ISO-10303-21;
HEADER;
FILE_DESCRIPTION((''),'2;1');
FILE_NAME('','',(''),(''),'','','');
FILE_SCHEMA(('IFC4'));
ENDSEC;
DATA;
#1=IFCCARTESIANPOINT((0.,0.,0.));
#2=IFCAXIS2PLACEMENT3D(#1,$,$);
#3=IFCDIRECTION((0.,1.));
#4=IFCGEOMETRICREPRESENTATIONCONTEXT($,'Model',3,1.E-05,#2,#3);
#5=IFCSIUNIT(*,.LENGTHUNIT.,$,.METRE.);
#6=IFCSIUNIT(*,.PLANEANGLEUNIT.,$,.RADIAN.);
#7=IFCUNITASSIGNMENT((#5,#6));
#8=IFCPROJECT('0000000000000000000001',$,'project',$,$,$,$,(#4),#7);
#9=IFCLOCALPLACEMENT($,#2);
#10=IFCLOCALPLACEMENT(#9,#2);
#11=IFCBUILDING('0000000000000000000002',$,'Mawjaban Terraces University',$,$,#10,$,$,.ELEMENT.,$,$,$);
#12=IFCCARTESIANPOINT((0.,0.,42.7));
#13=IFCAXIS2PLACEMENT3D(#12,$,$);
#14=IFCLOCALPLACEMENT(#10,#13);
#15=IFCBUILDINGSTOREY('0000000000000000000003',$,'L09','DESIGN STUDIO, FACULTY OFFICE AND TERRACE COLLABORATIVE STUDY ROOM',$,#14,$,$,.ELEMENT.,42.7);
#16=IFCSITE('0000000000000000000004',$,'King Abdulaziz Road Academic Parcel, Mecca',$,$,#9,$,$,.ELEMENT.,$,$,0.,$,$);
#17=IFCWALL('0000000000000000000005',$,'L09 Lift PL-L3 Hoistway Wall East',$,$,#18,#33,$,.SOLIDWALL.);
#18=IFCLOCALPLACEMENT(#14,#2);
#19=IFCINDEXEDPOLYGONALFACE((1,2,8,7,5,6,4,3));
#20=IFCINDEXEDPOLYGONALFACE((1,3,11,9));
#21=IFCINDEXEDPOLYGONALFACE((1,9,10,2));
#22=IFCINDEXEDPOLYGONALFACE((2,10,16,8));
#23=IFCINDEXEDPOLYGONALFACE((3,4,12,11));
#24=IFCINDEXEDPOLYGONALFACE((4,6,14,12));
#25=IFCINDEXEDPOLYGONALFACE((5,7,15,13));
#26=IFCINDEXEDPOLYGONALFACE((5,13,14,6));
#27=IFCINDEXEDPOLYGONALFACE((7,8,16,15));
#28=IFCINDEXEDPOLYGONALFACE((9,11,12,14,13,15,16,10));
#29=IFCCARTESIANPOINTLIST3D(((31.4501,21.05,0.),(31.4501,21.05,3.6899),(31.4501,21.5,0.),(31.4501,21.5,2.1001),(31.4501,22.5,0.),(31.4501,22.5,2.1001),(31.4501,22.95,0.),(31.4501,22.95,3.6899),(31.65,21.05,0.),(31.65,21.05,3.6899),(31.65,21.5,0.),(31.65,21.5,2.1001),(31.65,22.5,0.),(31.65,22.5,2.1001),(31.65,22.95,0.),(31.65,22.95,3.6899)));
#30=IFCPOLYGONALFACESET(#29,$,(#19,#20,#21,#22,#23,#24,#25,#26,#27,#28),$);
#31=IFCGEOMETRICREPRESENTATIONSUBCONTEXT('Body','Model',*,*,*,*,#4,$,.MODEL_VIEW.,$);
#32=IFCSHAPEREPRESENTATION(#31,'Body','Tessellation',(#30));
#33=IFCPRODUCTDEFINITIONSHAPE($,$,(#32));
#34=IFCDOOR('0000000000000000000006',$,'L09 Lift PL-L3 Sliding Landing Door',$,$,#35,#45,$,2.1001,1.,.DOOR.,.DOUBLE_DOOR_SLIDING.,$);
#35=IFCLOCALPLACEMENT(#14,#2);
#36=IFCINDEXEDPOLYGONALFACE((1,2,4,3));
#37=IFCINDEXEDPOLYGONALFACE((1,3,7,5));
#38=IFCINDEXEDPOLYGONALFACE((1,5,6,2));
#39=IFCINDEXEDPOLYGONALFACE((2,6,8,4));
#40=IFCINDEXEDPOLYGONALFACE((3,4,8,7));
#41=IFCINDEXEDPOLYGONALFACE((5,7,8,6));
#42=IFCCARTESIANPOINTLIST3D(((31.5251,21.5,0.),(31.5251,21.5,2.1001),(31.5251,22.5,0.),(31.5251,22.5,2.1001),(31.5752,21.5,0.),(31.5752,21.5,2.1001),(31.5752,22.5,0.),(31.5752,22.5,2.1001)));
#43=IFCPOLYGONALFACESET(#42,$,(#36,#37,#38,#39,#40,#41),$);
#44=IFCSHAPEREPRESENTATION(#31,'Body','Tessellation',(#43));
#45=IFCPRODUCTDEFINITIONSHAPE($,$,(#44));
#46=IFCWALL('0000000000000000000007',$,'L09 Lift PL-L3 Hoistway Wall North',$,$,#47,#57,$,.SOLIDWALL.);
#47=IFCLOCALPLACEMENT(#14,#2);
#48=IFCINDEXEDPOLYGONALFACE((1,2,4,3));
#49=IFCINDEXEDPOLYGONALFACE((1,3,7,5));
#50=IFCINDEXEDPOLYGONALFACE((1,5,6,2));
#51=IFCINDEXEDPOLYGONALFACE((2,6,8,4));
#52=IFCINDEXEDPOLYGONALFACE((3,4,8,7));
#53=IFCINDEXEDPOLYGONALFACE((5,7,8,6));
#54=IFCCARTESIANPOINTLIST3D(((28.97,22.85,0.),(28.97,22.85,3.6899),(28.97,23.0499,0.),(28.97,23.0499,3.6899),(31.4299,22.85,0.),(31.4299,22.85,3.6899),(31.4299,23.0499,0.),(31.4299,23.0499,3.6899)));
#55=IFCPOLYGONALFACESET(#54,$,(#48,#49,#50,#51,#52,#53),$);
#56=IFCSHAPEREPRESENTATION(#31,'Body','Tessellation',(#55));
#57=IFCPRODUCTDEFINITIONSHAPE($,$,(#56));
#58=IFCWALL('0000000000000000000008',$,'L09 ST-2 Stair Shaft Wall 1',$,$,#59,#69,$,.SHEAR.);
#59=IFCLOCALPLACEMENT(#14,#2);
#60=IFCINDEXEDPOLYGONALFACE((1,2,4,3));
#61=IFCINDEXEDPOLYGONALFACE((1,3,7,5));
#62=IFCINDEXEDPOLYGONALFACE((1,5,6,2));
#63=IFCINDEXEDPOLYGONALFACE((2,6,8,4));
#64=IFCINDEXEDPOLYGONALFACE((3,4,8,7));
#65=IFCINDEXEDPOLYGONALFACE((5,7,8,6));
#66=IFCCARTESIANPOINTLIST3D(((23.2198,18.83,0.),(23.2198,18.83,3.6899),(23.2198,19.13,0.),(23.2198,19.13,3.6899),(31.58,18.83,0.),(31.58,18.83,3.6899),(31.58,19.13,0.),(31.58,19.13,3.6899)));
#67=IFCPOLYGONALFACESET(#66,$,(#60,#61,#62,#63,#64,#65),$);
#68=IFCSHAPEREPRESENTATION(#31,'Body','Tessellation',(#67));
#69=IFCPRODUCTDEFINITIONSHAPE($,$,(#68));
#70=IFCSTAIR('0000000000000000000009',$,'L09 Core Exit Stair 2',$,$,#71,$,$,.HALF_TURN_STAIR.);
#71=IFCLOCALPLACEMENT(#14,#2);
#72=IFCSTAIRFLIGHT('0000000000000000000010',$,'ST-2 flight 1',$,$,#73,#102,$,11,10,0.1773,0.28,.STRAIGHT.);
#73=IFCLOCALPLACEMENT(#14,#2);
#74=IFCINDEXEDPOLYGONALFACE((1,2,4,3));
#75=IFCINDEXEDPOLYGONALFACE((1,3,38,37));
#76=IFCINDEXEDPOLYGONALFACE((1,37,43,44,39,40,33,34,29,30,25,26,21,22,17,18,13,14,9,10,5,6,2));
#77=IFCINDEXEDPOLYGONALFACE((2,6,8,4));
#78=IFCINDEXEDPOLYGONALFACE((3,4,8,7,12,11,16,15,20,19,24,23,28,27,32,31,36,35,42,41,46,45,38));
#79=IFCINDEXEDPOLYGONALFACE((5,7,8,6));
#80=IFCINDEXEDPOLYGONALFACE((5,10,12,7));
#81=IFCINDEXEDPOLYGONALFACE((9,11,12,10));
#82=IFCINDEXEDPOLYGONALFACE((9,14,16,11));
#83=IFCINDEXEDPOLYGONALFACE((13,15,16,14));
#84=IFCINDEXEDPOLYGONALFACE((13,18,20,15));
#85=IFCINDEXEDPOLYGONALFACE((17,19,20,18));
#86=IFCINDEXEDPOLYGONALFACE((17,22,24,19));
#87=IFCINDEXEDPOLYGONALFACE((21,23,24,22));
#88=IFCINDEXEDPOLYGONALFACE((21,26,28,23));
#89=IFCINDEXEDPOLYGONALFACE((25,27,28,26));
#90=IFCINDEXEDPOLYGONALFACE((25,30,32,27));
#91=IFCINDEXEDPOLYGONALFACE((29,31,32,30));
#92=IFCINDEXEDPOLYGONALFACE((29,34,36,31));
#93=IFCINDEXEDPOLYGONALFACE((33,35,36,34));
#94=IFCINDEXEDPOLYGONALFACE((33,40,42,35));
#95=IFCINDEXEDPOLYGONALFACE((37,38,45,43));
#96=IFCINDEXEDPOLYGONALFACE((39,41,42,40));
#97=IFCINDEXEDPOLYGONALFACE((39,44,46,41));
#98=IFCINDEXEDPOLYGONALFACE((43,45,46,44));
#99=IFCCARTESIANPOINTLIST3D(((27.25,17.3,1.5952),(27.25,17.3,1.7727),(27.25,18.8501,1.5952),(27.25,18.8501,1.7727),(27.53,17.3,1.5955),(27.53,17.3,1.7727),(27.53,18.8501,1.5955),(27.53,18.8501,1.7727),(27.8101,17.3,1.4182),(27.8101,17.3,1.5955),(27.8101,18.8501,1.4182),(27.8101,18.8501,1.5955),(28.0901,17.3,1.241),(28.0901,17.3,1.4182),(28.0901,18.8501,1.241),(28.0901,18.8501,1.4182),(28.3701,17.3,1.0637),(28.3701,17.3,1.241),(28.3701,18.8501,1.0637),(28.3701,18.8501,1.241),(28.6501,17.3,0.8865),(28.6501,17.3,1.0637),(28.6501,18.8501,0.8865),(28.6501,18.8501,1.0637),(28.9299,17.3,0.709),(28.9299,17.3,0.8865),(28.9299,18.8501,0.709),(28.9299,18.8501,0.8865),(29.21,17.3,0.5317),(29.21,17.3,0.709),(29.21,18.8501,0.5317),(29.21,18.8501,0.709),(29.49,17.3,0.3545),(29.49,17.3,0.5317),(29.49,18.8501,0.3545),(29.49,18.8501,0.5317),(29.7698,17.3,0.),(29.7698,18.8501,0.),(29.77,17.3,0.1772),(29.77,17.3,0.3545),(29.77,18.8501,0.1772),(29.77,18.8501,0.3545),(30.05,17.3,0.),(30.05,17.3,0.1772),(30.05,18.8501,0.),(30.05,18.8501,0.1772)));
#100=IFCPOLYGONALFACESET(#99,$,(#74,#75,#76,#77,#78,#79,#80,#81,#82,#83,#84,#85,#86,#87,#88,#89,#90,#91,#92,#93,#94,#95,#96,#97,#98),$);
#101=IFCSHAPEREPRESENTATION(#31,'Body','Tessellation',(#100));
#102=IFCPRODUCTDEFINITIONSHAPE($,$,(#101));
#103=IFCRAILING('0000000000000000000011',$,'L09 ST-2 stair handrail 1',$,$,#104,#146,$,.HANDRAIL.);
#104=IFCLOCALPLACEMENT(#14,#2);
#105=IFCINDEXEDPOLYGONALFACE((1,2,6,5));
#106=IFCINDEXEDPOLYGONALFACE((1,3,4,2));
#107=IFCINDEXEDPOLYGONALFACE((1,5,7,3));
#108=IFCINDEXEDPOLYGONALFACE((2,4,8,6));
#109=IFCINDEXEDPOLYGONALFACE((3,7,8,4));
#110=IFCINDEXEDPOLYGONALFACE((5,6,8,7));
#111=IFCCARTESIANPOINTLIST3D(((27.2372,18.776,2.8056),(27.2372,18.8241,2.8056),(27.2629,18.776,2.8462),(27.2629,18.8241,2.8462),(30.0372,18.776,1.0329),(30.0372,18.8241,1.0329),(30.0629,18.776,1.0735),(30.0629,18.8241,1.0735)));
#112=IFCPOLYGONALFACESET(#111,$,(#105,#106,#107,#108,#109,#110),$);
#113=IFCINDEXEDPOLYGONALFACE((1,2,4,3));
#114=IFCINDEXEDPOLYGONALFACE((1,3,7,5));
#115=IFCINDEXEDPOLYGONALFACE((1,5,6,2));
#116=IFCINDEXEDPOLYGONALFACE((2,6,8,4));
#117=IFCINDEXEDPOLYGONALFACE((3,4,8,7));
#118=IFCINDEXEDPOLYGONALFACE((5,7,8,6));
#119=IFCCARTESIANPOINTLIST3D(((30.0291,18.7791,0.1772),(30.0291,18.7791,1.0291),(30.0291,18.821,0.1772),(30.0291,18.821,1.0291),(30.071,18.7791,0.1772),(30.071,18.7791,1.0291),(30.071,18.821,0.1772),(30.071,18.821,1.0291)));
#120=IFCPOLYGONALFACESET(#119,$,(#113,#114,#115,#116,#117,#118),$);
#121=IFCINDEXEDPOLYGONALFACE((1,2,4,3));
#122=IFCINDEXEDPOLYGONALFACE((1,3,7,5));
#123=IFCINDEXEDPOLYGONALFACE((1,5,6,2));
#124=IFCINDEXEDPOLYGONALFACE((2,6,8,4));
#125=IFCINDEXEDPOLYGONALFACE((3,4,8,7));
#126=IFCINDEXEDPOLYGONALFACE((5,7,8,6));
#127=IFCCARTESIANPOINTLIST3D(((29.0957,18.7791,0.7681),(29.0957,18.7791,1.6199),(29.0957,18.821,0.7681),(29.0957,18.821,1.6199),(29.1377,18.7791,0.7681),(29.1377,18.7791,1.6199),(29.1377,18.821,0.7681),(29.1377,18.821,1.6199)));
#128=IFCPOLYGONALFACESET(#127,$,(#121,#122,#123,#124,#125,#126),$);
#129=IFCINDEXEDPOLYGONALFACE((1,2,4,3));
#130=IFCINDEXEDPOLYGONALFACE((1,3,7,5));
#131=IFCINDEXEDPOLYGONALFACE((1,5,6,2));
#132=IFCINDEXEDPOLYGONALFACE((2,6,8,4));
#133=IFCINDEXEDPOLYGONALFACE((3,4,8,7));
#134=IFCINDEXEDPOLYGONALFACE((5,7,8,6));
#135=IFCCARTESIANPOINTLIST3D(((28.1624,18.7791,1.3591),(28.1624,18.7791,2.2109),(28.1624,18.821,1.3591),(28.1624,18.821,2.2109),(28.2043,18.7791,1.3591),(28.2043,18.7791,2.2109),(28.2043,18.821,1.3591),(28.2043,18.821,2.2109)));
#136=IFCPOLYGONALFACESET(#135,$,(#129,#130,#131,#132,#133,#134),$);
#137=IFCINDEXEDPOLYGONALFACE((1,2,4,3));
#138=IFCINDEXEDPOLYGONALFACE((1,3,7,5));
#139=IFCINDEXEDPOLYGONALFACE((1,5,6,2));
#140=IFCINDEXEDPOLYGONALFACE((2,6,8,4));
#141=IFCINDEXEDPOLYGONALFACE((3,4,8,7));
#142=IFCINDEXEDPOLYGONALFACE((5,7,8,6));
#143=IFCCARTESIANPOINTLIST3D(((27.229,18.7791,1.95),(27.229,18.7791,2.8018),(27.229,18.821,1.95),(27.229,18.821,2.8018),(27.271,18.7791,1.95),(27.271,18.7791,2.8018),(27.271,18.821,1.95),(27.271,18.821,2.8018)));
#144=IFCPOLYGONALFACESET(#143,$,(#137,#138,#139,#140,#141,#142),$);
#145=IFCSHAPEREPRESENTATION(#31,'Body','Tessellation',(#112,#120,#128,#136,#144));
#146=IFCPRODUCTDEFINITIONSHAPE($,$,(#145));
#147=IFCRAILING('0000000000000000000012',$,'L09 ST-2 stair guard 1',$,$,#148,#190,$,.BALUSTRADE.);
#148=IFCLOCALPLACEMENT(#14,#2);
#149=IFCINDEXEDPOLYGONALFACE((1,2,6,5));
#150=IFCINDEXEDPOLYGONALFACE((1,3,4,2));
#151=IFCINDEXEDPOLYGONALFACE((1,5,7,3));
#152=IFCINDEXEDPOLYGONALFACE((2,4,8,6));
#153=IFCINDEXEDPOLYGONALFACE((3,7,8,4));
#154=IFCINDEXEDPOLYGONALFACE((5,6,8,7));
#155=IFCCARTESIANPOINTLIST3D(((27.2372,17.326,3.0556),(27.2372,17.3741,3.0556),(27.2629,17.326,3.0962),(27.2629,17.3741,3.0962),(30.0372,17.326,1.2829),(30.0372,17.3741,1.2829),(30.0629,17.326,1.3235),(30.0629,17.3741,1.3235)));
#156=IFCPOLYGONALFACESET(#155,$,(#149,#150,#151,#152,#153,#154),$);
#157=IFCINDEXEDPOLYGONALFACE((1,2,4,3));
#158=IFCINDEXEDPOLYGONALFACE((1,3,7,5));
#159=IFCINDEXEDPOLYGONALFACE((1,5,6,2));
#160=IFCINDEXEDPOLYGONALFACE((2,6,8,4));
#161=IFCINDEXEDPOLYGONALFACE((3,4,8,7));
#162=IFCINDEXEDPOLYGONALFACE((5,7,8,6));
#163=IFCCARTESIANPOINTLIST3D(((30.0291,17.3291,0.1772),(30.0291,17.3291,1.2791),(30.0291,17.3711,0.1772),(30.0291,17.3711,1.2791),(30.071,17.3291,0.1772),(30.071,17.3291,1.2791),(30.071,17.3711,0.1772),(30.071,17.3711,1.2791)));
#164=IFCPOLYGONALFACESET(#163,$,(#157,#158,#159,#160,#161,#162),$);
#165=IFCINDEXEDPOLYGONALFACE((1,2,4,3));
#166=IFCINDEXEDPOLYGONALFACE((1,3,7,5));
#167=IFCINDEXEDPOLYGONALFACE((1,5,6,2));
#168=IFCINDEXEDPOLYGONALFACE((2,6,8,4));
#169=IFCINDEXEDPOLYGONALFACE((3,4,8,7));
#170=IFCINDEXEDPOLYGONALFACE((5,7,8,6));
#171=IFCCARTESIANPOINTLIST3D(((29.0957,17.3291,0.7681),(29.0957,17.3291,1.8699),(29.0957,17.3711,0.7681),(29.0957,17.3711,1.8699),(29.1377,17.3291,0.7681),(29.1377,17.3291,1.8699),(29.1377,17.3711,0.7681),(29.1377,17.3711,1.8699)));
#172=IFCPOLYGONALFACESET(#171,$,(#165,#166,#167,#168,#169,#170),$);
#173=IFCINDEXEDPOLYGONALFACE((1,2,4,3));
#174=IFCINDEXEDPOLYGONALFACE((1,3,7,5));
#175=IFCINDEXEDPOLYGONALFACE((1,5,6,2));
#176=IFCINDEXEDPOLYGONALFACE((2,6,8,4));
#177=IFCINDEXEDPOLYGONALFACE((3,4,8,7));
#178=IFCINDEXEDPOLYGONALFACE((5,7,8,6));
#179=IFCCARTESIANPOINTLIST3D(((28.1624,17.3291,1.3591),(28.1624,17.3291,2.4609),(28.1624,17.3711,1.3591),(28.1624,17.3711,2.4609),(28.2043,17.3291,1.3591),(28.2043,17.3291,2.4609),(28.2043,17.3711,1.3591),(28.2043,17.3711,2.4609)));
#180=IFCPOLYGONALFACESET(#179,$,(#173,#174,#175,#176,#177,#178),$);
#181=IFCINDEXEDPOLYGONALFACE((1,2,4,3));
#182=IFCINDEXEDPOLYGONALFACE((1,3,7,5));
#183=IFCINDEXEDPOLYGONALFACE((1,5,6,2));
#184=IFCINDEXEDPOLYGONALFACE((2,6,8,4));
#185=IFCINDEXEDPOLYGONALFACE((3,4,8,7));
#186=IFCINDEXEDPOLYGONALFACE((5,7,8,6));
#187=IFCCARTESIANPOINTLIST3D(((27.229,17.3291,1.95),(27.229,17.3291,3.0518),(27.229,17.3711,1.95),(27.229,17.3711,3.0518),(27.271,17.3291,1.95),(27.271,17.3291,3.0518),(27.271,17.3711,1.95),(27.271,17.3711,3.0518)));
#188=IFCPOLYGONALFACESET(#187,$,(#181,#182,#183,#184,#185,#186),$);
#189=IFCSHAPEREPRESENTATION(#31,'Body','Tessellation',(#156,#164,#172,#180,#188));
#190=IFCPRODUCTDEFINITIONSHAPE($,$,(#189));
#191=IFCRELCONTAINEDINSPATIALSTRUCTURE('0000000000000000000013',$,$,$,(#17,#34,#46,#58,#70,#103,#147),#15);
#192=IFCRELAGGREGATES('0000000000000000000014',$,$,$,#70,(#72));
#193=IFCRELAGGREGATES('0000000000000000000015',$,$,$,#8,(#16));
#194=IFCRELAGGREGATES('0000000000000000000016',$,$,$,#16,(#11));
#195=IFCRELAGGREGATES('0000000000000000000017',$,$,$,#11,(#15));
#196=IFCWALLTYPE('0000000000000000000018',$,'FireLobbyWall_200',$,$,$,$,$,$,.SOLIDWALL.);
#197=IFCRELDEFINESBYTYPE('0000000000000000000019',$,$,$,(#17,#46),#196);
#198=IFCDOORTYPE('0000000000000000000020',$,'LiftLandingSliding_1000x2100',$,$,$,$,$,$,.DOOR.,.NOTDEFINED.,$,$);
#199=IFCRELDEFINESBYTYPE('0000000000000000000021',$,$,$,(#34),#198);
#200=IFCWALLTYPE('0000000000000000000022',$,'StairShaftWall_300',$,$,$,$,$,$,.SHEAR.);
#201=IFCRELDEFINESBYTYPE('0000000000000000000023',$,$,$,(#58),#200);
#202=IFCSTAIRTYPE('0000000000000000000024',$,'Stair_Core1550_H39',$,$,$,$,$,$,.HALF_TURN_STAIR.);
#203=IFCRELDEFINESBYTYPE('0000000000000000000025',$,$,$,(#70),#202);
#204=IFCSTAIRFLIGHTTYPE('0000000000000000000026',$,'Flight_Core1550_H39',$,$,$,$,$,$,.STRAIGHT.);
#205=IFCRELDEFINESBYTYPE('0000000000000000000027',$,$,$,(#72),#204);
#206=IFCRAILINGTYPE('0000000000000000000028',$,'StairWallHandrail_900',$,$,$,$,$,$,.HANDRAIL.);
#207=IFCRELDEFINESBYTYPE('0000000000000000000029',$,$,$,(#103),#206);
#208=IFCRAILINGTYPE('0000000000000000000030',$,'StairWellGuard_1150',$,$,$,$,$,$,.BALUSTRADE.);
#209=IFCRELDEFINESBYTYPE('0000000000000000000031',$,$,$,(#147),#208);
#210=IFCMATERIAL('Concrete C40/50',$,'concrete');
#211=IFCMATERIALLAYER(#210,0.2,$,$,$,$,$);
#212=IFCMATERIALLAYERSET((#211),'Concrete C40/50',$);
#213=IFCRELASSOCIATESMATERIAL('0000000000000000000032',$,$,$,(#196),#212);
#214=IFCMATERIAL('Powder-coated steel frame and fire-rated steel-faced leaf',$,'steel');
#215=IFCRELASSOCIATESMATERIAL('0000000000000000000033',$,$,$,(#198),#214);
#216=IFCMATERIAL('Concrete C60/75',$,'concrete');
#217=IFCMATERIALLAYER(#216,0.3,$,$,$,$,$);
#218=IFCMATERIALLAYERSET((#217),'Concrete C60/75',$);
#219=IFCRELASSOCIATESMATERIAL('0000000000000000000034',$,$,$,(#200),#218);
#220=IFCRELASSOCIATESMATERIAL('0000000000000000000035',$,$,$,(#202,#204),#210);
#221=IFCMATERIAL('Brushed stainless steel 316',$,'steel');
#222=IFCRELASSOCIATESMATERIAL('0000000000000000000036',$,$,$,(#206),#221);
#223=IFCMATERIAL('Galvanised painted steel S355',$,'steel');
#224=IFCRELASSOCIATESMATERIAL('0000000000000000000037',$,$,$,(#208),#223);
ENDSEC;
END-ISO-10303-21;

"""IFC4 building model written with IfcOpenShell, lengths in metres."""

from ifc_helpers import new_model, si_unit, direction, frame, frame_2d, origin, origin_2d, place, context, subcontext, project, spatial, polyline, rectangle, outline, extrude, material, layer, layer_set, type_object, element, fill, aggregate, save


model = new_model("IFC4")

# Units and contexts
model_context = context("Model", 3, precision=1e-05, world=origin(), true_north=direction((0.0, 1.0)))
body_context = subcontext(model_context, "Body", "Model", "MODEL_VIEW")
ifc_project = project(units=[si_unit("LENGTHUNIT", "METRE"), si_unit("PLANEANGLEUNIT", "RADIAN")], contexts=[model_context])

# Site, building, storey
site_placement = place(None, origin())
site = spatial("IfcSite", under=ifc_project, at=site_placement, Name="King Abdulaziz Road Academic Parcel, Mecca", CompositionType="ELEMENT", RefElevation=0.0)
building_placement = place(site_placement, origin())
building = spatial("IfcBuilding", under=site, at=building_placement, Name="Mawjaban Terraces University", CompositionType="ELEMENT")
storey_placement = place(building_placement, frame((0.0, 0.0, 42.7)))
storey = spatial("IfcBuildingStorey", under=building, at=storey_placement, Name="L09", Description="DESIGN STUDIO, FACULTY OFFICE AND TERRACE COLLABORATIVE STUDY ROOM", CompositionType="ELEMENT", Elevation=42.7)

# Shared definitions
ifc_material_1 = material(Name="Concrete C40/50", Category="concrete")
ifc_layer_1 = layer(ifc_material_1, 0.2)
ifc_layer_set_1 = layer_set([ifc_layer_1], Name="Concrete C40/50")
wall_type_1 = type_object("IfcWallType", Name="FireLobbyWall_200", PredefinedType="SOLIDWALL", material=ifc_layer_set_1)

# Wall, opening, door
ifc_material_2 = material(Name="Powder-coated steel frame and fire-rated steel-faced leaf", Category="steel")
door_type_1 = type_object("IfcDoorType", Name="LiftLandingSliding_1000x2100", OperationType="NOTDEFINED", PredefinedType="DOOR", material=ifc_material_2)
wall_1_placement = place(storey_placement, frame((31.55, 21.05, 0.0), z_axis=(0.0, 0.0, 1.0), x_axis=(0.0, 1.0, 0.0)))
wall_1 = element("IfcWall", 1, at=wall_1_placement, inside=storey, type_object=wall_type_1, Name="L09 Lift PL-L3 Hoistway Wall East", PredefinedType="SOLIDWALL", context=body_context, shape_type="SweptSolid", body=[
    extrude(rectangle(XDim=1.8999, YDim=0.2, at=frame_2d((0.95, 0.0))), origin(), (0.0, 0.0, 1.0), 3.6899),
])
opening_1_placement = place(wall_1_placement, frame((0.45, 0.0, 0.0)))
opening_1 = element("IfcOpeningElement", 2, at=opening_1_placement, cuts=wall_1, PredefinedType="OPENING", context=body_context, shape_type="SweptSolid", body=[
    extrude(rectangle(XDim=1.0, YDim=2.1001, at=frame_2d((0.5, 1.05))), frame((0.0, 0.1099, 0.0), z_axis=(0.0, -1.0, 0.0), x_axis=(1.0, 0.0, 0.0)), (0.0, 0.0, 1.0), 0.22),
])
door_1_placement = place(opening_1_placement, origin())
door_1 = element("IfcDoor", 3, at=door_1_placement, inside=storey, type_object=door_type_1, Name="L09 Lift PL-L3 Sliding Landing Door", OperationType="DOUBLE_DOOR_SLIDING", OverallHeight=2.1001, OverallWidth=1.0, PredefinedType="DOOR", context=body_context, shape_type="SweptSolid", body=[
    extrude(rectangle(XDim=1.0, YDim=2.1001, at=frame_2d((0.5, 1.05))), frame((0.0, 0.0249, 0.0), z_axis=(0.0, -1.0, 0.0), x_axis=(1.0, 0.0, 0.0)), (0.0, 0.0, 1.0), 0.05),
])
fill(opening_1, door_1)

# Walls
wall_2_placement = place(storey_placement, frame((31.4299, 22.95, 0.0), z_axis=(0.0, 0.0, 1.0), x_axis=(-1.0, 0.0, 0.0)))
element("IfcWall", 4, at=wall_2_placement, inside=storey, type_object=wall_type_1, Name="L09 Lift PL-L3 Hoistway Wall North", PredefinedType="SOLIDWALL", context=body_context, shape_type="SweptSolid", body=[
    extrude(rectangle(XDim=2.46, YDim=0.2, at=frame_2d((1.23, 0.0))), origin(), (0.0, 0.0, 1.0), 3.6899),
])
ifc_material_3 = material(Name="Concrete C60/75", Category="concrete")
ifc_layer_2 = layer(ifc_material_3, 0.3)
ifc_layer_set_2 = layer_set([ifc_layer_2], Name="Concrete C60/75")
wall_type_2 = type_object("IfcWallType", Name="StairShaftWall_300", PredefinedType="SHEAR", material=ifc_layer_set_2)
wall_3_placement = place(storey_placement, frame((31.5801, 18.98, 0.0), z_axis=(0.0, 0.0, 1.0), x_axis=(-1.0, 0.0, 0.0)))
element("IfcWall", 5, at=wall_3_placement, inside=storey, type_object=wall_type_2, Name="L09 ST-2 Stair Shaft Wall 1", PredefinedType="SHEAR", context=body_context, shape_type="SweptSolid", body=[
    extrude(rectangle(XDim=8.3601, YDim=0.3, at=frame_2d((4.1802, 0.0))), origin(), (0.0, 0.0, 1.0), 3.6899),
])

# Stair, stair flight
stair_type = type_object("IfcStairType", Name="Stair_Core1550_H39", PredefinedType="HALF_TURN_STAIR", material=ifc_material_1)
stair_placement = place(storey_placement, origin())
stair = element("IfcStair", 6, at=stair_placement, inside=storey, type_object=stair_type, Name="L09 Core Exit Stair 2", PredefinedType="HALF_TURN_STAIR")
stair_flight_type = type_object("IfcStairFlightType", Name="Flight_Core1550_H39", PredefinedType="STRAIGHT", material=ifc_material_1)
stair_flight_placement = place(storey_placement, frame((30.05, 18.075, 0.0), z_axis=(0.0, 0.0, 1.0), x_axis=(-1.0, 0.0, 0.0)))
stair_flight = element("IfcStairFlight", 7, at=stair_flight_placement, type_object=stair_flight_type, Name="ST-2 flight 1", NumberOfRisers=11, NumberOfTreads=10, PredefinedType="STRAIGHT", RiserHeight=0.1773, TreadLength=0.28, context=body_context, shape_type="SweptSolid", body=[
    extrude(outline(polyline([(0.0, 0.0), (0.0, 0.1772), (0.28, 0.1772), (0.28, 0.3545), (0.5601, 0.3545), (0.5601, 0.5317), (0.8401, 0.5317), (0.8401, 0.709), (1.1201, 0.709), (1.1201, 0.8865), (1.3999, 0.8865), (1.3999, 1.0637), (1.6799, 1.0637), (1.6799, 1.241), (1.96, 1.241), (1.96, 1.4182), (2.24, 1.4182), (2.24, 1.5955), (2.52, 1.5955), (2.52, 1.7727), (2.8, 1.7727), (2.8, 1.95), (2.8, 1.5952), (0.2803, 0.0), (0.0, 0.0)])), frame((0.0, 0.7749, 0.0), z_axis=(0.0, -1.0, 0.0), x_axis=(1.0, 0.0, 0.0)), (0.0, 0.0, 1.0), 1.55),
])
aggregate(stair, [stair_flight])

# Railings
ifc_material_4 = material(Name="Brushed stainless steel 316", Category="steel")
railing_type_1 = type_object("IfcRailingType", Name="StairWallHandrail_900", PredefinedType="HANDRAIL", material=ifc_material_4)
railing_1_placement = place(storey_placement, frame((30.05, 18.8, 0.1772)))
element("IfcRailing", 8, at=railing_1_placement, inside=storey, type_object=railing_type_1, Name="L09 ST-2 stair handrail 1", PredefinedType="HANDRAIL", context=body_context, shape_type="SweptSolid", body=[
    extrude(rectangle(XDim=0.0481, YDim=0.0481, at=origin_2d()), frame((0.0, 0.0, 0.876), z_axis=(-0.844909, 0.0, 0.53491), x_axis=(0.0, -1.0, 0.0)), (0.0, 0.0, 1.0), 3.314),
    extrude(rectangle(XDim=0.042, YDim=0.042, at=origin_2d()), origin(), (0.0, 0.0, 1.0), 0.8518),
    extrude(rectangle(XDim=0.042, YDim=0.042, at=origin_2d()), frame((-0.9333, 0.0, 0.5908)), (0.0, 0.0, 1.0), 0.8518),
    extrude(rectangle(XDim=0.042, YDim=0.042, at=origin_2d()), frame((-1.8667, 0.0, 1.1819)), (0.0, 0.0, 1.0), 0.8518),
    extrude(rectangle(XDim=0.042, YDim=0.042, at=origin_2d()), frame((-2.8, 0.0, 1.7727)), (0.0, 0.0, 1.0), 0.8518),
])
ifc_material_5 = material(Name="Galvanised painted steel S355", Category="steel")
railing_type_2 = type_object("IfcRailingType", Name="StairWellGuard_1150", PredefinedType="BALUSTRADE", material=ifc_material_5)
railing_2_placement = place(storey_placement, frame((30.05, 17.3501, 0.1772)))
element("IfcRailing", 9, at=railing_2_placement, inside=storey, type_object=railing_type_2, Name="L09 ST-2 stair guard 1", PredefinedType="BALUSTRADE", context=body_context, shape_type="SweptSolid", body=[
    extrude(rectangle(XDim=0.0481, YDim=0.0481, at=origin_2d()), frame((0.0, 0.0, 1.126), z_axis=(-0.844909, 0.0, 0.53491), x_axis=(0.0, -1.0, 0.0)), (0.0, 0.0, 1.0), 3.314),
    extrude(rectangle(XDim=0.042, YDim=0.042, at=origin_2d()), origin(), (0.0, 0.0, 1.0), 1.1018),
    extrude(rectangle(XDim=0.042, YDim=0.042, at=origin_2d()), frame((-0.9333, 0.0, 0.5908)), (0.0, 0.0, 1.0), 1.1018),
    extrude(rectangle(XDim=0.042, YDim=0.042, at=origin_2d()), frame((-1.8667, 0.0, 1.1819)), (0.0, 0.0, 1.0), 1.1018),
    extrude(rectangle(XDim=0.042, YDim=0.042, at=origin_2d()), frame((-2.8, 0.0, 1.7727)), (0.0, 0.0, 1.0), 1.1018),
])

save(model, "model.ifc")
